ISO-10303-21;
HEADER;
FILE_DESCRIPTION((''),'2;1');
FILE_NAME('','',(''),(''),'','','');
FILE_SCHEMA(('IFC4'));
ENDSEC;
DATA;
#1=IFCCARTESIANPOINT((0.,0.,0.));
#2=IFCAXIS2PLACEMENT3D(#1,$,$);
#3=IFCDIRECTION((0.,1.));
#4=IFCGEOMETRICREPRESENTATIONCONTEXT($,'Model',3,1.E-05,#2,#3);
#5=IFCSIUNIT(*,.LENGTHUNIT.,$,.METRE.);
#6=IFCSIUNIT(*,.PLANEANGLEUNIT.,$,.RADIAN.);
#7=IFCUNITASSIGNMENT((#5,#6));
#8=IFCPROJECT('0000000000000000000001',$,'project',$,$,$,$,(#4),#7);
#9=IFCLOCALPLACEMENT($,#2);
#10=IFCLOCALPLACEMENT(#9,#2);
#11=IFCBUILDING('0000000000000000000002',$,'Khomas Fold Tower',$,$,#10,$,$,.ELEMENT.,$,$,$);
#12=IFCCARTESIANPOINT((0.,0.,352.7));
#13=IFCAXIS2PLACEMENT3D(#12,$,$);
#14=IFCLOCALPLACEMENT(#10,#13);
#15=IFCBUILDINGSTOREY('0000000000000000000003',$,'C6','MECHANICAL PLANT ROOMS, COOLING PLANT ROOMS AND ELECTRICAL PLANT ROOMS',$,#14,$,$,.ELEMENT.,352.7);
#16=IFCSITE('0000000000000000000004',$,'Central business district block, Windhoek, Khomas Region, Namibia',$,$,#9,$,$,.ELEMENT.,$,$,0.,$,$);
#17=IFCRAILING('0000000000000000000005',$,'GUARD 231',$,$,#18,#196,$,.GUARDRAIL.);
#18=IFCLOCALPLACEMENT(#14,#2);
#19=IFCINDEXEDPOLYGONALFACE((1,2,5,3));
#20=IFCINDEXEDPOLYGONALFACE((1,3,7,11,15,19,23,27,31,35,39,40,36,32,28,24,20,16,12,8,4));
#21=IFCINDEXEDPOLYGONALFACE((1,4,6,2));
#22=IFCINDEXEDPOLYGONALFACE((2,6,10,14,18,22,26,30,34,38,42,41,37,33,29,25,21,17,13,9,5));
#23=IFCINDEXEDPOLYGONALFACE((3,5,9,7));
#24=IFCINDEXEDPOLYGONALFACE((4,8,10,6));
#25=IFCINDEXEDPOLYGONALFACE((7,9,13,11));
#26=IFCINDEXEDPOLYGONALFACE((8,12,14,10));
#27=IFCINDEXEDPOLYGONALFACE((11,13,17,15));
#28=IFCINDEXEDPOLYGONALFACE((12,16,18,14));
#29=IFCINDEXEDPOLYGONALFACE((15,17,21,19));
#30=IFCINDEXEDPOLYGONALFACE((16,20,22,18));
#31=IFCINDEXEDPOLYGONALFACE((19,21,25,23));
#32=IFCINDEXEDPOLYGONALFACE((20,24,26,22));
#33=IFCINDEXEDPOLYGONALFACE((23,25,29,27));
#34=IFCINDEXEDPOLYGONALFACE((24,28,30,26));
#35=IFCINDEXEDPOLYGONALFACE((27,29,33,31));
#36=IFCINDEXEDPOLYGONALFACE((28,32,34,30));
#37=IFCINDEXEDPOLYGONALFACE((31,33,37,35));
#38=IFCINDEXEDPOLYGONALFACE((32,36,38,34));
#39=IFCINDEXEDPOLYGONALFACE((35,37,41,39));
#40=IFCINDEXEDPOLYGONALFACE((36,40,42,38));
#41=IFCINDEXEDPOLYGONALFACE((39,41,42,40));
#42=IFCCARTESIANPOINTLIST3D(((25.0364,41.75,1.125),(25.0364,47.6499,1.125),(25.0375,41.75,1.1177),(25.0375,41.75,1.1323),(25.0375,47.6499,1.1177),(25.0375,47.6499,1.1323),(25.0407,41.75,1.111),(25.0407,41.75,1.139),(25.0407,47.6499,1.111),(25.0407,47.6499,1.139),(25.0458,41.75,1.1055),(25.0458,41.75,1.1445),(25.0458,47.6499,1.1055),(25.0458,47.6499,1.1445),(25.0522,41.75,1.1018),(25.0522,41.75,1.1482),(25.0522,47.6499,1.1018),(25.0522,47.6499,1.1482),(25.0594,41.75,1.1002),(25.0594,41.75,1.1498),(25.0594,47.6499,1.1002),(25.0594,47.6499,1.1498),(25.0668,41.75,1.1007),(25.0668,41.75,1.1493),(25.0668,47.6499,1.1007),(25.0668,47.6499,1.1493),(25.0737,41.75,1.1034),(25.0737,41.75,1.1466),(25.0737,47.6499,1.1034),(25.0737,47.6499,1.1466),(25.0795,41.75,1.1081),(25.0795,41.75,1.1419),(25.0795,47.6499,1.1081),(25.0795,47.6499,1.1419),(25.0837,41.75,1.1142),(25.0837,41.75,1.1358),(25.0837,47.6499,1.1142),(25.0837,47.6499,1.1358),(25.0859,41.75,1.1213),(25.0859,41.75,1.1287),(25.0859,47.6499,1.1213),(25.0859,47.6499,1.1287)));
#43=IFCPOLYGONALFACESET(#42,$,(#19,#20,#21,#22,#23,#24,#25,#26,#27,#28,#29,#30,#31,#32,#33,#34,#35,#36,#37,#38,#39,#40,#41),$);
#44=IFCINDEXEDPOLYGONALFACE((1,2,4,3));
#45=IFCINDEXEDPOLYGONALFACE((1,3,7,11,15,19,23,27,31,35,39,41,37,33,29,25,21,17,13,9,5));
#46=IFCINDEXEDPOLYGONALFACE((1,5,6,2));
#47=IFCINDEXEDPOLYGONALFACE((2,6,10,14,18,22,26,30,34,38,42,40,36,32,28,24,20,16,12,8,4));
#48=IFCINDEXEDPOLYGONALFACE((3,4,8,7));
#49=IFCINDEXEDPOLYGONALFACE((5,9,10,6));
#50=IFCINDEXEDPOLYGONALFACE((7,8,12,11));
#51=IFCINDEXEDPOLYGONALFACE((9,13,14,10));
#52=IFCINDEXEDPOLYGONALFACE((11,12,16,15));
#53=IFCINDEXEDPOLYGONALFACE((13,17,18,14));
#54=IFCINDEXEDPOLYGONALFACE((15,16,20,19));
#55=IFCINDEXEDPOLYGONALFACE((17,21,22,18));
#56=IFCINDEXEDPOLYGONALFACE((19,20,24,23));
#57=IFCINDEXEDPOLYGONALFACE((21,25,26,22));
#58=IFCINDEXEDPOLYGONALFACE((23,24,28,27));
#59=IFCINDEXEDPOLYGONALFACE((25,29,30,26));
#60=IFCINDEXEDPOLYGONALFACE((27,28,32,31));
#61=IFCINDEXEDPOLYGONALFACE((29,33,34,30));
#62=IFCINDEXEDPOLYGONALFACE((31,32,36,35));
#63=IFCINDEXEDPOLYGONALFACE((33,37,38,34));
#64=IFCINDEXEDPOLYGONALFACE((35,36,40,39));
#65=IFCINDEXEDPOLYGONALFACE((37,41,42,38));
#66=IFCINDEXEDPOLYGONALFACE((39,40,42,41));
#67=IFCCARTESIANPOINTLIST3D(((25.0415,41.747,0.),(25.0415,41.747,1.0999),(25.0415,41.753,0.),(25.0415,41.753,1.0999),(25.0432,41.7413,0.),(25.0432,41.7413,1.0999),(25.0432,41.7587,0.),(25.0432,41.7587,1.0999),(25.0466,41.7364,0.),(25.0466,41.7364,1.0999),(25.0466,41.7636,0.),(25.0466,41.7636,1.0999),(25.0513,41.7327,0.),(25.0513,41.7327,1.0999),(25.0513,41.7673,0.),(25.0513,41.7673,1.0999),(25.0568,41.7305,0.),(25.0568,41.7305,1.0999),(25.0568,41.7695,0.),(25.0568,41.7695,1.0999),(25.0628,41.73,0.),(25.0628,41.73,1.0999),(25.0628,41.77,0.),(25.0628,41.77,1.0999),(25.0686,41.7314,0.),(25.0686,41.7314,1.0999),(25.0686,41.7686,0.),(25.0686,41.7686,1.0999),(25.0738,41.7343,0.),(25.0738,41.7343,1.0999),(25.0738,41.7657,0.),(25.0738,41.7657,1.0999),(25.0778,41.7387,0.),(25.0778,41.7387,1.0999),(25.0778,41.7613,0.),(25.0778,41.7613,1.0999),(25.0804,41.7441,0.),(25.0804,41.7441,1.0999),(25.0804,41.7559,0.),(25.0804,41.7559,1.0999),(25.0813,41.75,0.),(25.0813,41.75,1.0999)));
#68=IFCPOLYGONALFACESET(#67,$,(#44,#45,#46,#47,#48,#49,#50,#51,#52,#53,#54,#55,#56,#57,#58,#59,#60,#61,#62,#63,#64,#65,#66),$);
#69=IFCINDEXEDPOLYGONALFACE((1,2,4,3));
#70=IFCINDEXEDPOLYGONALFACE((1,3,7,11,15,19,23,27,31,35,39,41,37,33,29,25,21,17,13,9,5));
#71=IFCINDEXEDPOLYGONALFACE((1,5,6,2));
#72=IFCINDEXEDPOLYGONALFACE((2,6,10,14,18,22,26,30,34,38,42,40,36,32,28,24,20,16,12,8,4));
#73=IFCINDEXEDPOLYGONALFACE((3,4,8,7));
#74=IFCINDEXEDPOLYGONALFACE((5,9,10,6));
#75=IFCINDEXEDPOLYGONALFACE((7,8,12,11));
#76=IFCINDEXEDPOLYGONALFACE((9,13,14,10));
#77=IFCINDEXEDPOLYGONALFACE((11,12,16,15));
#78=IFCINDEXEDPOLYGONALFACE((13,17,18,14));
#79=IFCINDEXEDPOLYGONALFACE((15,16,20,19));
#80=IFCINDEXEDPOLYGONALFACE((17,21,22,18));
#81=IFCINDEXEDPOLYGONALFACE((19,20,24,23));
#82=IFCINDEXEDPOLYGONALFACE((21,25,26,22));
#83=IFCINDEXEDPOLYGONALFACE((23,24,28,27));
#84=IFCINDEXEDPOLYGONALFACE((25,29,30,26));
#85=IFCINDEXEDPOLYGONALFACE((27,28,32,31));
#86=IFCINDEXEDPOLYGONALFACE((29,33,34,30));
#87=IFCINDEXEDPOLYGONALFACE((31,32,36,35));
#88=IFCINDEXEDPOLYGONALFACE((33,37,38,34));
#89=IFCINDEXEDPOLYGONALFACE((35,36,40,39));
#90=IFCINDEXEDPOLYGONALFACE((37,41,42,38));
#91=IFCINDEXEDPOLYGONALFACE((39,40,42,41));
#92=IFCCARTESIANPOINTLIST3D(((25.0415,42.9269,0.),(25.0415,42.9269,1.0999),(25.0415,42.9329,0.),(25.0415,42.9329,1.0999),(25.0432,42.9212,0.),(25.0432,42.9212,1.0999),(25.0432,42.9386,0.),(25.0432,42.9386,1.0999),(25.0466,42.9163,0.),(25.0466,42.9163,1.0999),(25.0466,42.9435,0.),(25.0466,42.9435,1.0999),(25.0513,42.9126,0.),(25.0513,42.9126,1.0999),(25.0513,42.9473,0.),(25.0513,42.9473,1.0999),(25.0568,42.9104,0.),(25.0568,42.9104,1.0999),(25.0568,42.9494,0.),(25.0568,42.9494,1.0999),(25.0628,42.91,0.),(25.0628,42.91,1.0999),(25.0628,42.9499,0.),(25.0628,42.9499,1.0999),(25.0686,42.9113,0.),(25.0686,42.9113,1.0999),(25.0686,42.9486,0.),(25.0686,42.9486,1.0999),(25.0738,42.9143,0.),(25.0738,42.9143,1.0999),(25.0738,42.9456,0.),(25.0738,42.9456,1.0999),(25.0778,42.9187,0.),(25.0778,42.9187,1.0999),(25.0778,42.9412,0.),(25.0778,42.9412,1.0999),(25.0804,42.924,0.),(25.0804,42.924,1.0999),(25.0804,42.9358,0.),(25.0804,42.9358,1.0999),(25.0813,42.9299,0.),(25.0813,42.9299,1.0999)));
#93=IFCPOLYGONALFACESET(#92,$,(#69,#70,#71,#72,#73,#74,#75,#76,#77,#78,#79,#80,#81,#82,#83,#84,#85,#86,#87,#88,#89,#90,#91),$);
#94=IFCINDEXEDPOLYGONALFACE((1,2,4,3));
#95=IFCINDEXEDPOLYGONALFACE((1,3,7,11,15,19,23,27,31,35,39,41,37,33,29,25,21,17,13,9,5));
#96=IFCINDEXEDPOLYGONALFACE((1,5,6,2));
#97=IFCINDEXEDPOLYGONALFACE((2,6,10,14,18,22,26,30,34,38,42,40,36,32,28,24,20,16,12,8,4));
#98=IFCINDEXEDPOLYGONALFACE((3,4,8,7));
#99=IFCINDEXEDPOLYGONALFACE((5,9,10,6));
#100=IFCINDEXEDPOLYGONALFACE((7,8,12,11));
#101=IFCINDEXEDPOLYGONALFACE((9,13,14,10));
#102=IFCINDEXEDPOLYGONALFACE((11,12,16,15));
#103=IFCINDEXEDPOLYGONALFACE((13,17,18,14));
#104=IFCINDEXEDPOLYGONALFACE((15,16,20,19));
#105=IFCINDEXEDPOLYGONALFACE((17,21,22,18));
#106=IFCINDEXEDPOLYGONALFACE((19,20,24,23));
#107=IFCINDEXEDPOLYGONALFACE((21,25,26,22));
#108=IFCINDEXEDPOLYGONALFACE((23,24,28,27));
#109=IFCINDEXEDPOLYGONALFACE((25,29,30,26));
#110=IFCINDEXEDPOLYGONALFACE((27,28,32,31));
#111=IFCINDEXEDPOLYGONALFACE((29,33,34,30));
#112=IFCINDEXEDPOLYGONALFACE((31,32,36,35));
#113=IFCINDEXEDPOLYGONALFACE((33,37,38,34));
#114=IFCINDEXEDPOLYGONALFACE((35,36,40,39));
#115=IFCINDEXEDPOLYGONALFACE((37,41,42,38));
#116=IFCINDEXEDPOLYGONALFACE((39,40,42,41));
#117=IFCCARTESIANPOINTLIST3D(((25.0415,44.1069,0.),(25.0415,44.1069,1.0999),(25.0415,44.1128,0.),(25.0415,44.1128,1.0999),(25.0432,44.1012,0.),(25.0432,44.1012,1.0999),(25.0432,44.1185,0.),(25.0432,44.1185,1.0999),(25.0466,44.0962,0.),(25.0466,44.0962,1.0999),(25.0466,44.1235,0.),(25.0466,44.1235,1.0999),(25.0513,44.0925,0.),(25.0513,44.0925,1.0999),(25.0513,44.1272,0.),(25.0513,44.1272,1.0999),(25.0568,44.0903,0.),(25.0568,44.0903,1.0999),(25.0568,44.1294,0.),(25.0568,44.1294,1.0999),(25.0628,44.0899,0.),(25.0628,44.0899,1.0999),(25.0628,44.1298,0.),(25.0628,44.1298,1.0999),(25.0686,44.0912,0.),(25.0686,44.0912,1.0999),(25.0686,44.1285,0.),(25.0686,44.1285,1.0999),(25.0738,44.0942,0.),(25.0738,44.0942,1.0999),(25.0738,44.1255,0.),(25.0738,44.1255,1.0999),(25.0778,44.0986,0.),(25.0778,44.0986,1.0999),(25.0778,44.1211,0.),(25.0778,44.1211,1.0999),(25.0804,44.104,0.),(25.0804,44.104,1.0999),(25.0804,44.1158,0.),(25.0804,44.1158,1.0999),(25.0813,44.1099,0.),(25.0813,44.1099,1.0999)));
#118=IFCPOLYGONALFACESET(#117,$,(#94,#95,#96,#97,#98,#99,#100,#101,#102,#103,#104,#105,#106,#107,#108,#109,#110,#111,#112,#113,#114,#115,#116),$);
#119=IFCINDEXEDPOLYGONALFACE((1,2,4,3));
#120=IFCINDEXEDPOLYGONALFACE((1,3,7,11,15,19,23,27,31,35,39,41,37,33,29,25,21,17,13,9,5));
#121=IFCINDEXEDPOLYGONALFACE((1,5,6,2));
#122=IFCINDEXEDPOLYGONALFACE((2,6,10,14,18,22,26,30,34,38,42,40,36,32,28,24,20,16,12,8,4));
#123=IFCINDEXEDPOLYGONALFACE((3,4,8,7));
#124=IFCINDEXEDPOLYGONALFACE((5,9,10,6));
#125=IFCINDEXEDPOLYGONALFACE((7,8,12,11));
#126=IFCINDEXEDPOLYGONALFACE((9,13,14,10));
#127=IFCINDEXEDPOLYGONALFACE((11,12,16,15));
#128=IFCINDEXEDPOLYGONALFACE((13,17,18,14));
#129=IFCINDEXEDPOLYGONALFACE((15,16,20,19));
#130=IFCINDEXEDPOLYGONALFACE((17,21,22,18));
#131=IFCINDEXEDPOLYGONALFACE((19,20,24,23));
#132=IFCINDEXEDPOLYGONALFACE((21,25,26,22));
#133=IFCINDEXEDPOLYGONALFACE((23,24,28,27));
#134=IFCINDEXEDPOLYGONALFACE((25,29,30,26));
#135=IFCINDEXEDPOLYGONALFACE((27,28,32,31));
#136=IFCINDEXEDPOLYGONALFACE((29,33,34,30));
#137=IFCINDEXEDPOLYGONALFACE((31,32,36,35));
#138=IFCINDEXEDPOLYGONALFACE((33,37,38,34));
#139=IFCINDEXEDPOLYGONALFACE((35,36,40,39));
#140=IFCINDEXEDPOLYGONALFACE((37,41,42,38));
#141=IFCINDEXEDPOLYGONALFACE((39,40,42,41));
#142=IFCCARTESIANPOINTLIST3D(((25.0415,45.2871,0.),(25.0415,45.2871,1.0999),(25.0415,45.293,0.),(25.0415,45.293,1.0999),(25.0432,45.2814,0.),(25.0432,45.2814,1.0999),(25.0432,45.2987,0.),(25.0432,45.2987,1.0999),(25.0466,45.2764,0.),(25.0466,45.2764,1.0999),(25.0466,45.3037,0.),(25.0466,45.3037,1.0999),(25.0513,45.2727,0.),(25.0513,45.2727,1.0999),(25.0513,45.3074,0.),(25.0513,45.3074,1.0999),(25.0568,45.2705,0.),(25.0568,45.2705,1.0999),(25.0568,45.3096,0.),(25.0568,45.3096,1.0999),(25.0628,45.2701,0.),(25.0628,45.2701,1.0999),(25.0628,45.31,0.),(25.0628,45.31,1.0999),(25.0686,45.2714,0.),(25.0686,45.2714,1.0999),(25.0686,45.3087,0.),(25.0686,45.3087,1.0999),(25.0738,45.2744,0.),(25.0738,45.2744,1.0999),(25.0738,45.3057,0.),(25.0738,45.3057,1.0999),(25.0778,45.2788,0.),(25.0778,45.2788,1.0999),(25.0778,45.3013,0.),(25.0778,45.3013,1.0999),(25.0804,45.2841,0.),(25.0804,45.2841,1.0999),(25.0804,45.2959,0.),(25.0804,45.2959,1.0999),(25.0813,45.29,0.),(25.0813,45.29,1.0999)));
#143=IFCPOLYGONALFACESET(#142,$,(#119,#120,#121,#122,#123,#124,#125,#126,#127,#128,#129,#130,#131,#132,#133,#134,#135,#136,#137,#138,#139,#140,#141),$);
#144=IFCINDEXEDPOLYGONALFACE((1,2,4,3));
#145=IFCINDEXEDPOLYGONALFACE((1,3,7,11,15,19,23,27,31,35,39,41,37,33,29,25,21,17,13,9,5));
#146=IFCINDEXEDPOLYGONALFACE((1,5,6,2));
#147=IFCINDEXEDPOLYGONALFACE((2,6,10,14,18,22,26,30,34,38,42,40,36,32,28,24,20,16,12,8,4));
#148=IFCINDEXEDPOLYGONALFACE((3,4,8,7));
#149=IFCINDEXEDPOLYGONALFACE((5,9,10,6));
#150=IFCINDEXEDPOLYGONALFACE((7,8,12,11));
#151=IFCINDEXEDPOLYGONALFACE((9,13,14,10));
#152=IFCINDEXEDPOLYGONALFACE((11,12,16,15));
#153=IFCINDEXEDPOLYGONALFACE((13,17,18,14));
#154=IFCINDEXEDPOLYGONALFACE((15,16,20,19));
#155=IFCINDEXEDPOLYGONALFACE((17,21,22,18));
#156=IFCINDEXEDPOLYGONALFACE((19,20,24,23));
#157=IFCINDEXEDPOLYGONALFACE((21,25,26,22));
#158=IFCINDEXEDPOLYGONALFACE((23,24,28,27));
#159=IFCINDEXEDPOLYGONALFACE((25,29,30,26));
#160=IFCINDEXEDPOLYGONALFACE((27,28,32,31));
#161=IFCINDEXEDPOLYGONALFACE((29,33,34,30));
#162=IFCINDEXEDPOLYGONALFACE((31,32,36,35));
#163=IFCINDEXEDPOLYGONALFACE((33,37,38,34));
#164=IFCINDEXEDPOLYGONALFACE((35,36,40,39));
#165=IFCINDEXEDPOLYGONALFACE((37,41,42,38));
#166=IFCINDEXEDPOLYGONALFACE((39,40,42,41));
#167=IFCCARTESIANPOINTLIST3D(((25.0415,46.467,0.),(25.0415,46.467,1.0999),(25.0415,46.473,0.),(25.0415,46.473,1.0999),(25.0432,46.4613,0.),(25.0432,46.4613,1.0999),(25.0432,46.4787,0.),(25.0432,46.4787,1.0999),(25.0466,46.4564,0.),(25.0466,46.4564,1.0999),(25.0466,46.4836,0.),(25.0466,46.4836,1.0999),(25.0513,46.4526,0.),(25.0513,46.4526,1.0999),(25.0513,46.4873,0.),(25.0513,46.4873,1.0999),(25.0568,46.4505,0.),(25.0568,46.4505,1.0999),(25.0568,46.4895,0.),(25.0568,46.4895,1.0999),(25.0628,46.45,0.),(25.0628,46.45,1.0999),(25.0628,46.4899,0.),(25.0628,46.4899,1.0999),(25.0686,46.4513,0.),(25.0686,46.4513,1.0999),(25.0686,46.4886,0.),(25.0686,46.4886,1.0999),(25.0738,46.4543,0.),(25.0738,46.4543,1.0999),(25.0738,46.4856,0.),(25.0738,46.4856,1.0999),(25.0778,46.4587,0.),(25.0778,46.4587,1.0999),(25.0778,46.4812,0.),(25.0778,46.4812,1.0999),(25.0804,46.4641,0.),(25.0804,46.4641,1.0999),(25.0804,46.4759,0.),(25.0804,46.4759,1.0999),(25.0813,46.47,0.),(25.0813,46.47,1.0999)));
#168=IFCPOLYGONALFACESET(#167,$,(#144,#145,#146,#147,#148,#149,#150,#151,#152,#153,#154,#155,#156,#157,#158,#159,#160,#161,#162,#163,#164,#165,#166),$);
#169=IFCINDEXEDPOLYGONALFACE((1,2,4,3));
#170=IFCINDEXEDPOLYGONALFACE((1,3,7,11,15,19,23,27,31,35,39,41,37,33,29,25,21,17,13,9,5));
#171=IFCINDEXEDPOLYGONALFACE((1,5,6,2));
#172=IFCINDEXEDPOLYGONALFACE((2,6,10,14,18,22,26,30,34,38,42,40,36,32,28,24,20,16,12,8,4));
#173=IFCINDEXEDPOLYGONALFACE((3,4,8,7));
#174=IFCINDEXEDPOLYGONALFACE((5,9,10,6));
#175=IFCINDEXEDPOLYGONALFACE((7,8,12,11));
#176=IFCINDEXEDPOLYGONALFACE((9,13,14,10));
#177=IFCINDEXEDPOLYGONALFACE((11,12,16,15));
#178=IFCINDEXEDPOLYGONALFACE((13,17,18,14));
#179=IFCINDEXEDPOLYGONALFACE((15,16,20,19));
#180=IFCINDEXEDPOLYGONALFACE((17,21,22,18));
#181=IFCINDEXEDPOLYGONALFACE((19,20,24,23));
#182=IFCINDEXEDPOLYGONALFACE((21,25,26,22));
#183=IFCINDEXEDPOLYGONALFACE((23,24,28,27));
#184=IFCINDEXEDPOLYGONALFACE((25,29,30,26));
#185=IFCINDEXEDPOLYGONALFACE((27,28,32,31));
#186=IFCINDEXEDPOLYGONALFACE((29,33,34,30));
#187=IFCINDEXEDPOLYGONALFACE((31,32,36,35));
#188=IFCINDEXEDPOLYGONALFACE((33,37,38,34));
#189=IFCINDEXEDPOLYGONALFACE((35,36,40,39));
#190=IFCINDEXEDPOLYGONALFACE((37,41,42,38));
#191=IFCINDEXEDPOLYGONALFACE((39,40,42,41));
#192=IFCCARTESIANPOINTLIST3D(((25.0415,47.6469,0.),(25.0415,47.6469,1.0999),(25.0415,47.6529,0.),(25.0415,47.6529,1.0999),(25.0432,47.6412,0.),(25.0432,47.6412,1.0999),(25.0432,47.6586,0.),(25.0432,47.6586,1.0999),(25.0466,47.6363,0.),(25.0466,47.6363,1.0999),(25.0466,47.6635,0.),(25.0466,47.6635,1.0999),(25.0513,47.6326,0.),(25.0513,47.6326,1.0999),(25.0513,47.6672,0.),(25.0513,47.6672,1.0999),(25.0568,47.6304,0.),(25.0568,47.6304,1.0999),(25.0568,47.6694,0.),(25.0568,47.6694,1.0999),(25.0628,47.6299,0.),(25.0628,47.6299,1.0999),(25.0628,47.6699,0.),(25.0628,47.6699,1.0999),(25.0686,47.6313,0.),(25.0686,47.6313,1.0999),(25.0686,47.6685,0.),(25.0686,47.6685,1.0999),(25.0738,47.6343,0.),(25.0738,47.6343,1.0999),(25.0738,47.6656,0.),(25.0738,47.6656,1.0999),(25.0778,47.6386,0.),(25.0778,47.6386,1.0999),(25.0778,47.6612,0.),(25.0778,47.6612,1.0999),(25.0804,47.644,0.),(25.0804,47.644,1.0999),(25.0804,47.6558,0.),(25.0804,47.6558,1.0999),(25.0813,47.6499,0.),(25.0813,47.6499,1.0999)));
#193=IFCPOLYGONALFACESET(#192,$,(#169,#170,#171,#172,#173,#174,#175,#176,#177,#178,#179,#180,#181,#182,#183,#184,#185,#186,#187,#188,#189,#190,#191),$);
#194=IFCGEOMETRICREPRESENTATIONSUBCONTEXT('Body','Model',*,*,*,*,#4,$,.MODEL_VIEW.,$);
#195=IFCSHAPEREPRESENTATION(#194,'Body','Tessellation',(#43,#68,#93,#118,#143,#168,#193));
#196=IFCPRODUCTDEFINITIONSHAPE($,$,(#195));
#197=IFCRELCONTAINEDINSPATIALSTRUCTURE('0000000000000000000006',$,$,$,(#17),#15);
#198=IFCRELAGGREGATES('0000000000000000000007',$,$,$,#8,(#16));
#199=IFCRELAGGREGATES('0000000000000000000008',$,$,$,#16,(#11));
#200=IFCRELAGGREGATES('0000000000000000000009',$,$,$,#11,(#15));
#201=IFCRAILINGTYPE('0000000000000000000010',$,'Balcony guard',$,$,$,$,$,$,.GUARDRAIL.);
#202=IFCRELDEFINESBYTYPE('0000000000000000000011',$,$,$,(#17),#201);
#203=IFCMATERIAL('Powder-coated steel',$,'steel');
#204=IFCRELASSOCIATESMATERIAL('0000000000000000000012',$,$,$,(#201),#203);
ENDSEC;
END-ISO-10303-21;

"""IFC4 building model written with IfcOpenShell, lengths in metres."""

from ifc_helpers import new_model, si_unit, direction, frame, origin, origin_2d, place, context, subcontext, project, spatial, circle, extrude, source, transform, mapped, material, type_object, element, save


model = new_model("IFC4")

# Units and contexts
model_context = context("Model", 3, precision=1e-05, world=origin(), true_north=direction((0.0, 1.0)))
body_context = subcontext(model_context, "Body", "Model", "MODEL_VIEW")
ifc_project = project(units=[si_unit("LENGTHUNIT", "METRE"), si_unit("PLANEANGLEUNIT", "RADIAN")], contexts=[model_context])

# Site, building, storey
site_placement = place(None, origin())
site = spatial("IfcSite", under=ifc_project, at=site_placement, Name="Central business district block, Windhoek, Khomas Region, Namibia", CompositionType="ELEMENT", RefElevation=0.0)
building_placement = place(site_placement, origin())
building = spatial("IfcBuilding", under=site, at=building_placement, Name="Khomas Fold Tower", CompositionType="ELEMENT")
storey_placement = place(building_placement, frame((0.0, 0.0, 352.7)))
storey = spatial("IfcBuildingStorey", under=building, at=storey_placement, Name="C6", Description="MECHANICAL PLANT ROOMS, COOLING PLANT ROOMS AND ELECTRICAL PLANT ROOMS", CompositionType="ELEMENT", Elevation=352.7)

# Railing
ifc_material_1 = material(Name="Powder-coated steel", Category="steel")
railing_type_1 = type_object("IfcRailingType", Name="Balcony guard", PredefinedType="GUARDRAIL", material=ifc_material_1)
shared_shape_1 = source(origin(), body_context, "Body", "SweptSolid", [
    extrude(circle(Radius=0.0249, at=origin_2d()), frame((0.0, 0.0, 1.125), z_axis=(0.0, 1.0, 0.0), x_axis=(-1.0, 0.0, 0.0)), (0.0, 0.0, 1.0), 5.8999),
    extrude(circle(Radius=0.02, at=origin_2d()), origin(), (0.0, 0.0, 1.0), 1.0999),
    extrude(circle(Radius=0.02, at=origin_2d()), frame((0.0, 1.1799, 0.0)), (0.0, 0.0, 1.0), 1.0999),
    extrude(circle(Radius=0.02, at=origin_2d()), frame((0.0, 2.3599, 0.0)), (0.0, 0.0, 1.0), 1.0999),
    extrude(circle(Radius=0.02, at=origin_2d()), frame((0.0, 3.54, 0.0)), (0.0, 0.0, 1.0), 1.0999),
    extrude(circle(Radius=0.02, at=origin_2d()), frame((0.0, 4.72, 0.0)), (0.0, 0.0, 1.0), 1.0999),
    extrude(circle(Radius=0.02, at=origin_2d()), frame((0.0, 5.8999, 0.0)), (0.0, 0.0, 1.0), 1.0999),
])
railing_1_placement = place(storey_placement, frame((25.0613, 41.75, 0.0)))
element("IfcRailing", 1, at=railing_1_placement, inside=storey, type_object=railing_type_1, Name="GUARD 231", PredefinedType="GUARDRAIL", context=body_context, shape_type="MappedRepresentation", body=[
    mapped(shared_shape_1, transform((0.0, 0.0, 0.0))),
])

save(model, "model.ifc")
